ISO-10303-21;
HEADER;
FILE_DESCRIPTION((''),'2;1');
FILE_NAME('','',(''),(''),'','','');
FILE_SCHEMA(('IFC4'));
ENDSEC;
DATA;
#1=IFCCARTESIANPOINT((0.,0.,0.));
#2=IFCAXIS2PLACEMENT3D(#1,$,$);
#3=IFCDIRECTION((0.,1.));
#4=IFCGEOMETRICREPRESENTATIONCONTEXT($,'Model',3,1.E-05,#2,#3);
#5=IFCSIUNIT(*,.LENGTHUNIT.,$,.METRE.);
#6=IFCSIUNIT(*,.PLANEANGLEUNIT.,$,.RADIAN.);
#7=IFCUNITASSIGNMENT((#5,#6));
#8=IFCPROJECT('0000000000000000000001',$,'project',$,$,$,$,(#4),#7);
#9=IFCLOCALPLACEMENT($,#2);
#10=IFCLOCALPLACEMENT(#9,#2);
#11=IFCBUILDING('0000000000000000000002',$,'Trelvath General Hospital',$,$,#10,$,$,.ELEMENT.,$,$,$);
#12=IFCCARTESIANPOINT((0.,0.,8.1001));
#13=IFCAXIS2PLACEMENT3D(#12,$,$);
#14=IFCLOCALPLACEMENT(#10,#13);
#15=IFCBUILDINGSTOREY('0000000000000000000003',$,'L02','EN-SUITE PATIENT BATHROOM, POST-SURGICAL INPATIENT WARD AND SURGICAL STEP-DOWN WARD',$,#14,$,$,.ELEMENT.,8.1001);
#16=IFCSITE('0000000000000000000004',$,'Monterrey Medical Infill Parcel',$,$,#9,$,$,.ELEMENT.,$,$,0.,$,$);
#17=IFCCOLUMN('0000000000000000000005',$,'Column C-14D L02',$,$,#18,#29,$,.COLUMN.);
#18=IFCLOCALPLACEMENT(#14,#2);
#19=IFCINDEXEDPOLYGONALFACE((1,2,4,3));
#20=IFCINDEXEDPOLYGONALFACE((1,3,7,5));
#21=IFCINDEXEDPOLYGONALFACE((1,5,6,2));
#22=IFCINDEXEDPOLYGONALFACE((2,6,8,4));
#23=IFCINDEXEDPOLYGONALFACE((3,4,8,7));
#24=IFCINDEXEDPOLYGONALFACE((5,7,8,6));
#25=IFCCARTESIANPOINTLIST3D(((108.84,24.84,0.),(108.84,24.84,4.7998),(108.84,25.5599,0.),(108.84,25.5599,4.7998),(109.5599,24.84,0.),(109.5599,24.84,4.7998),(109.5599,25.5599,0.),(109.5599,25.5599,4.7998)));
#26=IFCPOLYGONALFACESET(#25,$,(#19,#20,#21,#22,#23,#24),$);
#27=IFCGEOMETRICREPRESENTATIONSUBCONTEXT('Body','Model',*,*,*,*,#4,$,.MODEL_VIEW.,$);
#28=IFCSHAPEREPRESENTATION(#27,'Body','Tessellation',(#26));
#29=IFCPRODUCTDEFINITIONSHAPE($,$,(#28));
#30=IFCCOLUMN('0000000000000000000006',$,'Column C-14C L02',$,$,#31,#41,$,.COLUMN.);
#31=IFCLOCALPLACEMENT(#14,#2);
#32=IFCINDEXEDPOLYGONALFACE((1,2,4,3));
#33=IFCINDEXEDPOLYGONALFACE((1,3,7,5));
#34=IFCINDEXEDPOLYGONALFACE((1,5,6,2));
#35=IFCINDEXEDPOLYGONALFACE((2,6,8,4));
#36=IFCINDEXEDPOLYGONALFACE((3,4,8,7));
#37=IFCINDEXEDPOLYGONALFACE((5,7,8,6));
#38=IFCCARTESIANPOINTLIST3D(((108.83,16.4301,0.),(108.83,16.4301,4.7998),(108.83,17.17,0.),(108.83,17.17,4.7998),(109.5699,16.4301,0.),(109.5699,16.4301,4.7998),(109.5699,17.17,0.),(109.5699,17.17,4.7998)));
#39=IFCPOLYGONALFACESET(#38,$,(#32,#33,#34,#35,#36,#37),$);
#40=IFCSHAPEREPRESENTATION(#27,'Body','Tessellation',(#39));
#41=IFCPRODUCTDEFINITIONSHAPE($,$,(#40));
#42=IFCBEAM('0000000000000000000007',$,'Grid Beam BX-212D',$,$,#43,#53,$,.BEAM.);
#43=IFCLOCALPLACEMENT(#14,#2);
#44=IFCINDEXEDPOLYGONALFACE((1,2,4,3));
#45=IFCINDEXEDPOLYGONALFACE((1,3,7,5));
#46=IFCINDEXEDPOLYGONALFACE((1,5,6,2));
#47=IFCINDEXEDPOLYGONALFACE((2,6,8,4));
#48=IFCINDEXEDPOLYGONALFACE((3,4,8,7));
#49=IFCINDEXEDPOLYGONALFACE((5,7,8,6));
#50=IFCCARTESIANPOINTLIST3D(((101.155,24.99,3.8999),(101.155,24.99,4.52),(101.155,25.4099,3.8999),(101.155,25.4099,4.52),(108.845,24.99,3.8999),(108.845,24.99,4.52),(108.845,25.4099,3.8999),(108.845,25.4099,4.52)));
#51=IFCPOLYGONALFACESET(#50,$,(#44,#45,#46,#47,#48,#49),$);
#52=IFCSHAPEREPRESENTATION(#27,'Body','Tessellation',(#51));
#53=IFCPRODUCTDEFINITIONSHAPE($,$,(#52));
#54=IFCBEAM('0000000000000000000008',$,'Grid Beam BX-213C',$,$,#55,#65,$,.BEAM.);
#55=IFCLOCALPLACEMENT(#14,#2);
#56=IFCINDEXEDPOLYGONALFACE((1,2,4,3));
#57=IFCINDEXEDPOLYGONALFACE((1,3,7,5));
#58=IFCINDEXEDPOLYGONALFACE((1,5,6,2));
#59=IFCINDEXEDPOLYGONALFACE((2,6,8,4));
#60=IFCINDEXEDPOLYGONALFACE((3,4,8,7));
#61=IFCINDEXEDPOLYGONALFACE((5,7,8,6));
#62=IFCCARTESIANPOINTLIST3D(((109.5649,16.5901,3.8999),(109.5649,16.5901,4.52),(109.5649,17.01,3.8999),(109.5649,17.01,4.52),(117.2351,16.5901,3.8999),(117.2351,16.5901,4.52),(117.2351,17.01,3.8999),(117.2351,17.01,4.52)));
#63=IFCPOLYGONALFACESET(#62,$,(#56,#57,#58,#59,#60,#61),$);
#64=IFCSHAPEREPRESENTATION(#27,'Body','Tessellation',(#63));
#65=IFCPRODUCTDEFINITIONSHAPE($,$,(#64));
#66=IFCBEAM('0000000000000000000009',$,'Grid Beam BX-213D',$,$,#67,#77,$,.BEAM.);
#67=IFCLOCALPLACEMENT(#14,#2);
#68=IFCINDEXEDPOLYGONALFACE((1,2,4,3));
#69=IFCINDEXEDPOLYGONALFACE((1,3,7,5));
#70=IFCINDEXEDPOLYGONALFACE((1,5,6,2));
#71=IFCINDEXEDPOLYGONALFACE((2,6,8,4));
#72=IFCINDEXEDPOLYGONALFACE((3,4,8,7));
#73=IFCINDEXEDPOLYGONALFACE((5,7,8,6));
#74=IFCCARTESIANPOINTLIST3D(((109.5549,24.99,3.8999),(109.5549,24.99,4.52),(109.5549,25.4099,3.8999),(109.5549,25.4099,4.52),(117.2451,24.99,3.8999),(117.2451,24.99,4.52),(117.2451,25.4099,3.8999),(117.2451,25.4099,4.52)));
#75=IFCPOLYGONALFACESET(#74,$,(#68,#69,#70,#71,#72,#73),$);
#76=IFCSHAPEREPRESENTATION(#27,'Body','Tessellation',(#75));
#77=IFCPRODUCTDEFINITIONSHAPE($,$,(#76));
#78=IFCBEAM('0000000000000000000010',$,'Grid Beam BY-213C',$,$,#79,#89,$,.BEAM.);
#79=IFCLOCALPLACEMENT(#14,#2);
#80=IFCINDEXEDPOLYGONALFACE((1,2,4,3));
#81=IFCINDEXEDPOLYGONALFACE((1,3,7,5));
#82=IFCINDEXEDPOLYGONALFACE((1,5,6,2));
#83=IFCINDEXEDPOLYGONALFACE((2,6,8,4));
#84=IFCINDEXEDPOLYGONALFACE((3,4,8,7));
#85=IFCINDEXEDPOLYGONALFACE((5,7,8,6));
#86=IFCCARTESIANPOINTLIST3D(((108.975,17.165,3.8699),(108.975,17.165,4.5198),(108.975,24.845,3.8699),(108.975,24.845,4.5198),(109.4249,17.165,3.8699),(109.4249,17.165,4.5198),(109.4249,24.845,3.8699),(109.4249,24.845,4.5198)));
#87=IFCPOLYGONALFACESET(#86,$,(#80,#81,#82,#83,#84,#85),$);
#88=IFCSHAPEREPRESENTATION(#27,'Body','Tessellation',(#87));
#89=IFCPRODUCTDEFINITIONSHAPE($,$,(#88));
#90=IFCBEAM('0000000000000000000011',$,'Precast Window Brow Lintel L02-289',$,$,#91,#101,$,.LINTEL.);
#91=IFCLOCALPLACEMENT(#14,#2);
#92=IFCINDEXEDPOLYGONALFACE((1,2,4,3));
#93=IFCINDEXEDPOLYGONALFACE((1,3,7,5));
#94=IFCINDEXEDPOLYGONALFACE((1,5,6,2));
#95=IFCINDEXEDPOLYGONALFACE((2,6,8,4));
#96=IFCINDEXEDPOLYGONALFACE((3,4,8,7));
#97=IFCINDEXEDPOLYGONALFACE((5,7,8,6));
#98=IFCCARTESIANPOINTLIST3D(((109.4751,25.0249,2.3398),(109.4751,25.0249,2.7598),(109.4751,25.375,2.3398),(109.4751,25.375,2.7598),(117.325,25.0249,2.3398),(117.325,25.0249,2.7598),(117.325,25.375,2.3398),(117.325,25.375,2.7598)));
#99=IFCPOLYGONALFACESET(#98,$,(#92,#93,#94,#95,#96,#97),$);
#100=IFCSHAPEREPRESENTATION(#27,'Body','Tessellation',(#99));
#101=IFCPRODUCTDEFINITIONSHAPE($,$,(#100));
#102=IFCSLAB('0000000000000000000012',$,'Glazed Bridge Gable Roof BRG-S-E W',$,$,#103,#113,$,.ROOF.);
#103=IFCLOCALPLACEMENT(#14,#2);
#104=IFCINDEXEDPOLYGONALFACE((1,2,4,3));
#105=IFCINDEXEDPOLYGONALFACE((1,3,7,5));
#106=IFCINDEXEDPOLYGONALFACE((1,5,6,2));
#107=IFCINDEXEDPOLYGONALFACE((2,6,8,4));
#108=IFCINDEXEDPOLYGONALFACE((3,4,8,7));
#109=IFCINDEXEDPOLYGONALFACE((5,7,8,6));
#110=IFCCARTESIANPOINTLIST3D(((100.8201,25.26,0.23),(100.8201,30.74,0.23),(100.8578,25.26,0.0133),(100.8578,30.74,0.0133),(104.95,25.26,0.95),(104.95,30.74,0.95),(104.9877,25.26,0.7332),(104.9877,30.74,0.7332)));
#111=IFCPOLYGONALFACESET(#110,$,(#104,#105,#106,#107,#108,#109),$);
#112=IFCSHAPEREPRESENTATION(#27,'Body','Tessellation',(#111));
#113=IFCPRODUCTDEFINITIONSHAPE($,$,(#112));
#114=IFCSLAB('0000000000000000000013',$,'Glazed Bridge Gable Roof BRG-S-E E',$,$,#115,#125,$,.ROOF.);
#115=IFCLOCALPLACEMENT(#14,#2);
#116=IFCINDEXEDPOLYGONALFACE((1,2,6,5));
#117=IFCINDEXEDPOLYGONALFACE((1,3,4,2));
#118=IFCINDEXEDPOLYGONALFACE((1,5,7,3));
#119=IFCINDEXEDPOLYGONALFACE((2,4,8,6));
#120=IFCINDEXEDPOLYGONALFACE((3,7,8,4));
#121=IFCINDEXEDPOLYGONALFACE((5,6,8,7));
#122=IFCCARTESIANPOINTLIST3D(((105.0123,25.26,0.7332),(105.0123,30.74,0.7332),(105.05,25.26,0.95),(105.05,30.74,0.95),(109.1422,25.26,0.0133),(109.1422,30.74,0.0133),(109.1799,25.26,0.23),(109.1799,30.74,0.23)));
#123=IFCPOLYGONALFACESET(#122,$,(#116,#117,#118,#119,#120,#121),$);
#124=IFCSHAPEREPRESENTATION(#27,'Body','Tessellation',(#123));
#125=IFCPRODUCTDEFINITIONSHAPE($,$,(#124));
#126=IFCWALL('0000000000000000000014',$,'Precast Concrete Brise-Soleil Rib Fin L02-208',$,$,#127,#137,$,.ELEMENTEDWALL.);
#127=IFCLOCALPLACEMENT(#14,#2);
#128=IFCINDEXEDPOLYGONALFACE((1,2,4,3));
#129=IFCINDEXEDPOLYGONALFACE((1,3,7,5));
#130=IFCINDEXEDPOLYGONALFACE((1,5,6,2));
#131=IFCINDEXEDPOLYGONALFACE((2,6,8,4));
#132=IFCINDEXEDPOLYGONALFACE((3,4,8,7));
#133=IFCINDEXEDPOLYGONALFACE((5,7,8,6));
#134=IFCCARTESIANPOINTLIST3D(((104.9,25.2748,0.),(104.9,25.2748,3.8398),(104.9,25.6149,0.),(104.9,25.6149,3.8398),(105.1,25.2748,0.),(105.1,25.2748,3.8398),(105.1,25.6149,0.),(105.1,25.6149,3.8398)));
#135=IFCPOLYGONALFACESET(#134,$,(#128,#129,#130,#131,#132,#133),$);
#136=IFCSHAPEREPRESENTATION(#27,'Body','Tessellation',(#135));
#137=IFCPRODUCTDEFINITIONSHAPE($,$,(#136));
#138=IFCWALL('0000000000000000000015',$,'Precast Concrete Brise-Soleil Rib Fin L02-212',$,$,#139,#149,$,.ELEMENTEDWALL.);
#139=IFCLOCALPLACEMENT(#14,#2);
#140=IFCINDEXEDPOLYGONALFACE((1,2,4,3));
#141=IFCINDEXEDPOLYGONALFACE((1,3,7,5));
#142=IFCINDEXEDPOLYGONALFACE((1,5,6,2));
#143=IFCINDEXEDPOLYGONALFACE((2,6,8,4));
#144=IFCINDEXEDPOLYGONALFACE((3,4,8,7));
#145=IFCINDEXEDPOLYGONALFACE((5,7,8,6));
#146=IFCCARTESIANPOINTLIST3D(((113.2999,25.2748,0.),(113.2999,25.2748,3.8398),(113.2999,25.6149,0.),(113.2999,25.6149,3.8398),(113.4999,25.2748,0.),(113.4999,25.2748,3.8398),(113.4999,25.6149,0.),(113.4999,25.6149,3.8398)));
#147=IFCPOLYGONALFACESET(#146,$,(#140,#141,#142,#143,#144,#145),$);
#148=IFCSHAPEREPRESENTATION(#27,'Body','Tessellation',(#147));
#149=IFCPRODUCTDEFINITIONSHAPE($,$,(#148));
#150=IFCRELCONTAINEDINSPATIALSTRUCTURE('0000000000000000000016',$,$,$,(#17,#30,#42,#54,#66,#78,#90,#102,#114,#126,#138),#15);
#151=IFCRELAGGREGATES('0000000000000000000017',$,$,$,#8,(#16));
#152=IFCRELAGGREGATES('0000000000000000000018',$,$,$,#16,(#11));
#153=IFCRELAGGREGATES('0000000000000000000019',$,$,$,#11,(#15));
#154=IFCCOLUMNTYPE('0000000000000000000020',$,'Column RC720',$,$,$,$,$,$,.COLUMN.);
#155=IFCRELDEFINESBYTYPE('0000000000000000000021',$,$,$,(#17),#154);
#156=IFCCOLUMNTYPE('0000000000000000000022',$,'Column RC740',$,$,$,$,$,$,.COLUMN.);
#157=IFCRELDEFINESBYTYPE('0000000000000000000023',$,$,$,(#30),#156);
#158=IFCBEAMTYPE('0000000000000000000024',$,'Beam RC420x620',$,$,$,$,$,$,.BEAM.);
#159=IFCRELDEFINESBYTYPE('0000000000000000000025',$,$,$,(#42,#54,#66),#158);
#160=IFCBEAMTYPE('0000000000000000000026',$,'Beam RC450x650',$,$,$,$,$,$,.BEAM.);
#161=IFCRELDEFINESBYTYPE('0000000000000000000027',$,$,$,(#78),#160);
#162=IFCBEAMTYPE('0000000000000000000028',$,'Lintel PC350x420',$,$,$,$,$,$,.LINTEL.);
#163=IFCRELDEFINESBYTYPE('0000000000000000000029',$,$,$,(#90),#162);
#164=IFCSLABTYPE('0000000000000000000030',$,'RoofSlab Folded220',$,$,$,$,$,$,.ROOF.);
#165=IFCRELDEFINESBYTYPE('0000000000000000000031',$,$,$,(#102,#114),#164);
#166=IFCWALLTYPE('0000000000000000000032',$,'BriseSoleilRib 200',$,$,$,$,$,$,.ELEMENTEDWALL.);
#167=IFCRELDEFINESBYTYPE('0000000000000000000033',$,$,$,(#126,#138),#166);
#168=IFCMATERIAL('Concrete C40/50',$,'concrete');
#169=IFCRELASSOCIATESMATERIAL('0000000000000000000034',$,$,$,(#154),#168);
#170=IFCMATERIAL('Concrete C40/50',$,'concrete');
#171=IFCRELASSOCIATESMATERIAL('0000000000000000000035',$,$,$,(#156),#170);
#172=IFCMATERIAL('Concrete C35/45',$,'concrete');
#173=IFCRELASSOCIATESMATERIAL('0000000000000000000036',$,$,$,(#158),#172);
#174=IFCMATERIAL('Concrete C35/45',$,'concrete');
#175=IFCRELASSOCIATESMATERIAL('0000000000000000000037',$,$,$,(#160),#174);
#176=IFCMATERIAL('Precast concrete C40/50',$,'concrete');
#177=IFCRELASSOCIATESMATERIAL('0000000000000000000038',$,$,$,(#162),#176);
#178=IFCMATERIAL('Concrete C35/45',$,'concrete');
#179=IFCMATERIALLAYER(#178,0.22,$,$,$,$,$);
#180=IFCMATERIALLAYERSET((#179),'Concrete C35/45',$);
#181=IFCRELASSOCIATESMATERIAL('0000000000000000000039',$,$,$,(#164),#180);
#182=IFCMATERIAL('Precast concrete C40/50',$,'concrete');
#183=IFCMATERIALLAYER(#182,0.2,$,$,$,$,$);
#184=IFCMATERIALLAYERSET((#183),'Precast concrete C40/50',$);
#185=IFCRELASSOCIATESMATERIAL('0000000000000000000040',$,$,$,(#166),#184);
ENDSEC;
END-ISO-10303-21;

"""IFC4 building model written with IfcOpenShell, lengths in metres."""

from ifc_helpers import new_model, si_unit, direction, frame, frame_2d, origin, origin_2d, place, context, subcontext, project, spatial, polyline, rectangle, outline, extrude, material, layer, layer_set, material_profile, profile_set, type_object, element, save


model = new_model("IFC4")

# Units and contexts
model_context = context("Model", 3, precision=1e-05, world=origin(), true_north=direction((0.0, 1.0)))
body_context = subcontext(model_context, "Body", "Model", "MODEL_VIEW")
ifc_project = project(units=[si_unit("LENGTHUNIT", "METRE"), si_unit("PLANEANGLEUNIT", "RADIAN")], contexts=[model_context])

# Site, building, storey
site_placement = place(None, origin())
site = spatial("IfcSite", under=ifc_project, at=site_placement, Name="Monterrey Medical Infill Parcel", CompositionType="ELEMENT", RefElevation=0.0)
building_placement = place(site_placement, origin())
building = spatial("IfcBuilding", under=site, at=building_placement, Name="Trelvath General Hospital", CompositionType="ELEMENT")
storey_placement = place(building_placement, frame((0.0, 0.0, 8.1001)))
storey = spatial("IfcBuildingStorey", under=building, at=storey_placement, Name="L02", Description="EN-SUITE PATIENT BATHROOM, POST-SURGICAL INPATIENT WARD AND SURGICAL STEP-DOWN WARD", CompositionType="ELEMENT", Elevation=8.1001)

# Columns
ifc_material_1 = material(Name="Concrete C40/50", Category="concrete")
ifc_material_profile_1 = material_profile(ifc_material_1, rectangle(XDim=0.72, YDim=0.72, at=origin_2d()), Name="RC720x720")
ifc_profile_set_1 = profile_set([ifc_material_profile_1], Name="Concrete C40/50")
column_type_1 = type_object("IfcColumnType", Name="Column RC720", PredefinedType="COLUMN", material=ifc_profile_set_1)
column_1_placement = place(storey_placement, frame((109.2, 25.2, 0.0), z_axis=(0.0, 0.0, 1.0), x_axis=(1.0, 0.0, 0.0)))
element("IfcColumn", 1, at=column_1_placement, inside=storey, type_object=column_type_1, Name="Column C-14D L02", PredefinedType="COLUMN", context=body_context, shape_type="SweptSolid", body=[
    extrude(rectangle(XDim=0.72, YDim=0.72, at=origin_2d()), origin(), (0.0, 0.0, 1.0), 4.7998),
])
ifc_material_2 = material(Name="Concrete C40/50", Category="concrete")
ifc_material_profile_2 = material_profile(ifc_material_2, rectangle(XDim=0.74, YDim=0.74, at=origin_2d()), Name="RC740x740")
ifc_profile_set_2 = profile_set([ifc_material_profile_2], Name="Concrete C40/50")
column_type_2 = type_object("IfcColumnType", Name="Column RC740", PredefinedType="COLUMN", material=ifc_profile_set_2)
column_2_placement = place(storey_placement, frame((109.2, 16.8, 0.0), z_axis=(0.0, 0.0, 1.0), x_axis=(1.0, 0.0, 0.0)))
element("IfcColumn", 2, at=column_2_placement, inside=storey, type_object=column_type_2, Name="Column C-14C L02", PredefinedType="COLUMN", context=body_context, shape_type="SweptSolid", body=[
    extrude(rectangle(XDim=0.74, YDim=0.74, at=origin_2d()), origin(), (0.0, 0.0, 1.0), 4.7998),
])

# Beams
ifc_material_3 = material(Name="Concrete C35/45", Category="concrete")
ifc_material_profile_3 = material_profile(ifc_material_3, rectangle(XDim=0.4199, YDim=0.6201, at=origin_2d()), Name="RCB420x620")
ifc_profile_set_3 = profile_set([ifc_material_profile_3], Name="Concrete C35/45")
beam_type_1 = type_object("IfcBeamType", Name="Beam RC420x620", PredefinedType="BEAM", material=ifc_profile_set_3)
beam_1_placement = place(storey_placement, frame((101.155, 25.2, 4.21), z_axis=(1.0, 0.0, 0.0), x_axis=(0.0, 1.0, 0.0)))
element("IfcBeam", 3, at=beam_1_placement, inside=storey, type_object=beam_type_1, Name="Grid Beam BX-212D", PredefinedType="BEAM", context=body_context, shape_type="SweptSolid", body=[
    extrude(rectangle(XDim=0.4199, YDim=0.6201, at=origin_2d()), origin(), (0.0, 0.0, 1.0), 7.6899),
])
beam_2_placement = place(storey_placement, frame((109.5649, 16.8, 4.21), z_axis=(1.0, 0.0, 0.0), x_axis=(0.0, 1.0, 0.0)))
element("IfcBeam", 4, at=beam_2_placement, inside=storey, type_object=beam_type_1, Name="Grid Beam BX-213C", PredefinedType="BEAM", context=body_context, shape_type="SweptSolid", body=[
    extrude(rectangle(XDim=0.4199, YDim=0.6201, at=origin_2d()), origin(), (0.0, 0.0, 1.0), 7.6702),
])
beam_3_placement = place(storey_placement, frame((109.5549, 25.2, 4.21), z_axis=(1.0, 0.0, 0.0), x_axis=(0.0, 1.0, 0.0)))
element("IfcBeam", 5, at=beam_3_placement, inside=storey, type_object=beam_type_1, Name="Grid Beam BX-213D", PredefinedType="BEAM", context=body_context, shape_type="SweptSolid", body=[
    extrude(rectangle(XDim=0.4199, YDim=0.6201, at=origin_2d()), origin(), (0.0, 0.0, 1.0), 7.6902),
])
ifc_material_4 = material(Name="Concrete C35/45", Category="concrete")
ifc_material_profile_4 = material_profile(ifc_material_4, rectangle(XDim=0.45, YDim=0.6499, at=origin_2d()), Name="RCB450x650")
ifc_profile_set_4 = profile_set([ifc_material_profile_4], Name="Concrete C35/45")
beam_type_2 = type_object("IfcBeamType", Name="Beam RC450x650", PredefinedType="BEAM", material=ifc_profile_set_4)
beam_4_placement = place(storey_placement, frame((109.2, 17.165, 4.1948), z_axis=(0.0, 1.0, 0.0), x_axis=(-1.0, 0.0, 0.0)))
element("IfcBeam", 6, at=beam_4_placement, inside=storey, type_object=beam_type_2, Name="Grid Beam BY-213C", PredefinedType="BEAM", context=body_context, shape_type="SweptSolid", body=[
    extrude(rectangle(XDim=0.45, YDim=0.6499, at=origin_2d()), origin(), (0.0, 0.0, 1.0), 7.6799),
])
ifc_material_5 = material(Name="Precast concrete C40/50", Category="concrete")
ifc_material_profile_5 = material_profile(ifc_material_5, rectangle(XDim=0.3501, YDim=0.4199, at=origin_2d()), Name="PCL350x420")
ifc_profile_set_5 = profile_set([ifc_material_profile_5], Name="Precast concrete C40/50")
beam_type_3 = type_object("IfcBeamType", Name="Lintel PC350x420", PredefinedType="LINTEL", material=ifc_profile_set_5)
beam_5_placement = place(storey_placement, frame((109.4751, 25.2, 2.5498), z_axis=(1.0, 0.0, 0.0), x_axis=(0.0, 1.0, 0.0)))
element("IfcBeam", 7, at=beam_5_placement, inside=storey, type_object=beam_type_3, Name="Precast Window Brow Lintel L02-289", PredefinedType="LINTEL", context=body_context, shape_type="SweptSolid", body=[
    extrude(rectangle(XDim=0.3501, YDim=0.4199, at=origin_2d()), origin(), (0.0, 0.0, 1.0), 7.8499),
])

# Slabs
ifc_material_6 = material(Name="Concrete C35/45", Category="concrete")
ifc_layer_1 = layer(ifc_material_6, 0.22)
ifc_layer_set_1 = layer_set([ifc_layer_1], Name="Concrete C35/45")
slab_type = type_object("IfcSlabType", Name="RoofSlab Folded220", PredefinedType="ROOF", material=ifc_layer_set_1)
for number, where, z_axis, x_axis, name in (
    (8, (100.8201, 25.26, 0.23), (-0.171742, 0.0, 0.985142), (0.985142, 0.0, 0.171742), "Glazed Bridge Gable Roof BRG-S-E W"),
    (9, (105.05, 25.26, 0.95), (0.171742, 0.0, 0.985142), (0.985142, 0.0, -0.171742), "Glazed Bridge Gable Roof BRG-S-E E"),
):
    element("IfcSlab", number, at=place(storey_placement, frame(where, z_axis=z_axis, x_axis=x_axis)), inside=storey, type_object=slab_type, Name=name, PredefinedType="ROOF", context=body_context, shape_type="SweptSolid", body=[
        extrude(outline(polyline([(0.0, 0.0), (4.1922, 0.0), (4.1922, 5.48), (0.0, 5.48), (0.0, 0.0)])), origin(), (0.0, 0.0, -1.0), 0.22),
    ])

# Walls
ifc_material_7 = material(Name="Precast concrete C40/50", Category="concrete")
ifc_layer_2 = layer(ifc_material_7, 0.2)
ifc_layer_set_2 = layer_set([ifc_layer_2], Name="Precast concrete C40/50")
wall_type_1 = type_object("IfcWallType", Name="BriseSoleilRib 200", PredefinedType="ELEMENTEDWALL", material=ifc_layer_set_2)
for number, where, z_axis, x_axis, name in (
    (10, (105.0, 25.2749, 0.0), (0.0, 0.0, 1.0), (0.0, 1.0, 0.0), "Precast Concrete Brise-Soleil Rib Fin L02-208"),
    (11, (113.3999, 25.2749, 0.0), (0.0, 0.0, 1.0), (0.0, 1.0, 0.0), "Precast Concrete Brise-Soleil Rib Fin L02-212"),
):
    element("IfcWall", number, at=place(storey_placement, frame(where, z_axis=z_axis, x_axis=x_axis)), inside=storey, type_object=wall_type_1, Name=name, PredefinedType="ELEMENTEDWALL", context=body_context, shape_type="SweptSolid", body=[
        extrude(rectangle(XDim=0.3401, YDim=0.2, at=frame_2d((0.1699, 0.0))), origin(), (0.0, 0.0, 1.0), 3.8398),
    ])

save(model, "model.ifc")
